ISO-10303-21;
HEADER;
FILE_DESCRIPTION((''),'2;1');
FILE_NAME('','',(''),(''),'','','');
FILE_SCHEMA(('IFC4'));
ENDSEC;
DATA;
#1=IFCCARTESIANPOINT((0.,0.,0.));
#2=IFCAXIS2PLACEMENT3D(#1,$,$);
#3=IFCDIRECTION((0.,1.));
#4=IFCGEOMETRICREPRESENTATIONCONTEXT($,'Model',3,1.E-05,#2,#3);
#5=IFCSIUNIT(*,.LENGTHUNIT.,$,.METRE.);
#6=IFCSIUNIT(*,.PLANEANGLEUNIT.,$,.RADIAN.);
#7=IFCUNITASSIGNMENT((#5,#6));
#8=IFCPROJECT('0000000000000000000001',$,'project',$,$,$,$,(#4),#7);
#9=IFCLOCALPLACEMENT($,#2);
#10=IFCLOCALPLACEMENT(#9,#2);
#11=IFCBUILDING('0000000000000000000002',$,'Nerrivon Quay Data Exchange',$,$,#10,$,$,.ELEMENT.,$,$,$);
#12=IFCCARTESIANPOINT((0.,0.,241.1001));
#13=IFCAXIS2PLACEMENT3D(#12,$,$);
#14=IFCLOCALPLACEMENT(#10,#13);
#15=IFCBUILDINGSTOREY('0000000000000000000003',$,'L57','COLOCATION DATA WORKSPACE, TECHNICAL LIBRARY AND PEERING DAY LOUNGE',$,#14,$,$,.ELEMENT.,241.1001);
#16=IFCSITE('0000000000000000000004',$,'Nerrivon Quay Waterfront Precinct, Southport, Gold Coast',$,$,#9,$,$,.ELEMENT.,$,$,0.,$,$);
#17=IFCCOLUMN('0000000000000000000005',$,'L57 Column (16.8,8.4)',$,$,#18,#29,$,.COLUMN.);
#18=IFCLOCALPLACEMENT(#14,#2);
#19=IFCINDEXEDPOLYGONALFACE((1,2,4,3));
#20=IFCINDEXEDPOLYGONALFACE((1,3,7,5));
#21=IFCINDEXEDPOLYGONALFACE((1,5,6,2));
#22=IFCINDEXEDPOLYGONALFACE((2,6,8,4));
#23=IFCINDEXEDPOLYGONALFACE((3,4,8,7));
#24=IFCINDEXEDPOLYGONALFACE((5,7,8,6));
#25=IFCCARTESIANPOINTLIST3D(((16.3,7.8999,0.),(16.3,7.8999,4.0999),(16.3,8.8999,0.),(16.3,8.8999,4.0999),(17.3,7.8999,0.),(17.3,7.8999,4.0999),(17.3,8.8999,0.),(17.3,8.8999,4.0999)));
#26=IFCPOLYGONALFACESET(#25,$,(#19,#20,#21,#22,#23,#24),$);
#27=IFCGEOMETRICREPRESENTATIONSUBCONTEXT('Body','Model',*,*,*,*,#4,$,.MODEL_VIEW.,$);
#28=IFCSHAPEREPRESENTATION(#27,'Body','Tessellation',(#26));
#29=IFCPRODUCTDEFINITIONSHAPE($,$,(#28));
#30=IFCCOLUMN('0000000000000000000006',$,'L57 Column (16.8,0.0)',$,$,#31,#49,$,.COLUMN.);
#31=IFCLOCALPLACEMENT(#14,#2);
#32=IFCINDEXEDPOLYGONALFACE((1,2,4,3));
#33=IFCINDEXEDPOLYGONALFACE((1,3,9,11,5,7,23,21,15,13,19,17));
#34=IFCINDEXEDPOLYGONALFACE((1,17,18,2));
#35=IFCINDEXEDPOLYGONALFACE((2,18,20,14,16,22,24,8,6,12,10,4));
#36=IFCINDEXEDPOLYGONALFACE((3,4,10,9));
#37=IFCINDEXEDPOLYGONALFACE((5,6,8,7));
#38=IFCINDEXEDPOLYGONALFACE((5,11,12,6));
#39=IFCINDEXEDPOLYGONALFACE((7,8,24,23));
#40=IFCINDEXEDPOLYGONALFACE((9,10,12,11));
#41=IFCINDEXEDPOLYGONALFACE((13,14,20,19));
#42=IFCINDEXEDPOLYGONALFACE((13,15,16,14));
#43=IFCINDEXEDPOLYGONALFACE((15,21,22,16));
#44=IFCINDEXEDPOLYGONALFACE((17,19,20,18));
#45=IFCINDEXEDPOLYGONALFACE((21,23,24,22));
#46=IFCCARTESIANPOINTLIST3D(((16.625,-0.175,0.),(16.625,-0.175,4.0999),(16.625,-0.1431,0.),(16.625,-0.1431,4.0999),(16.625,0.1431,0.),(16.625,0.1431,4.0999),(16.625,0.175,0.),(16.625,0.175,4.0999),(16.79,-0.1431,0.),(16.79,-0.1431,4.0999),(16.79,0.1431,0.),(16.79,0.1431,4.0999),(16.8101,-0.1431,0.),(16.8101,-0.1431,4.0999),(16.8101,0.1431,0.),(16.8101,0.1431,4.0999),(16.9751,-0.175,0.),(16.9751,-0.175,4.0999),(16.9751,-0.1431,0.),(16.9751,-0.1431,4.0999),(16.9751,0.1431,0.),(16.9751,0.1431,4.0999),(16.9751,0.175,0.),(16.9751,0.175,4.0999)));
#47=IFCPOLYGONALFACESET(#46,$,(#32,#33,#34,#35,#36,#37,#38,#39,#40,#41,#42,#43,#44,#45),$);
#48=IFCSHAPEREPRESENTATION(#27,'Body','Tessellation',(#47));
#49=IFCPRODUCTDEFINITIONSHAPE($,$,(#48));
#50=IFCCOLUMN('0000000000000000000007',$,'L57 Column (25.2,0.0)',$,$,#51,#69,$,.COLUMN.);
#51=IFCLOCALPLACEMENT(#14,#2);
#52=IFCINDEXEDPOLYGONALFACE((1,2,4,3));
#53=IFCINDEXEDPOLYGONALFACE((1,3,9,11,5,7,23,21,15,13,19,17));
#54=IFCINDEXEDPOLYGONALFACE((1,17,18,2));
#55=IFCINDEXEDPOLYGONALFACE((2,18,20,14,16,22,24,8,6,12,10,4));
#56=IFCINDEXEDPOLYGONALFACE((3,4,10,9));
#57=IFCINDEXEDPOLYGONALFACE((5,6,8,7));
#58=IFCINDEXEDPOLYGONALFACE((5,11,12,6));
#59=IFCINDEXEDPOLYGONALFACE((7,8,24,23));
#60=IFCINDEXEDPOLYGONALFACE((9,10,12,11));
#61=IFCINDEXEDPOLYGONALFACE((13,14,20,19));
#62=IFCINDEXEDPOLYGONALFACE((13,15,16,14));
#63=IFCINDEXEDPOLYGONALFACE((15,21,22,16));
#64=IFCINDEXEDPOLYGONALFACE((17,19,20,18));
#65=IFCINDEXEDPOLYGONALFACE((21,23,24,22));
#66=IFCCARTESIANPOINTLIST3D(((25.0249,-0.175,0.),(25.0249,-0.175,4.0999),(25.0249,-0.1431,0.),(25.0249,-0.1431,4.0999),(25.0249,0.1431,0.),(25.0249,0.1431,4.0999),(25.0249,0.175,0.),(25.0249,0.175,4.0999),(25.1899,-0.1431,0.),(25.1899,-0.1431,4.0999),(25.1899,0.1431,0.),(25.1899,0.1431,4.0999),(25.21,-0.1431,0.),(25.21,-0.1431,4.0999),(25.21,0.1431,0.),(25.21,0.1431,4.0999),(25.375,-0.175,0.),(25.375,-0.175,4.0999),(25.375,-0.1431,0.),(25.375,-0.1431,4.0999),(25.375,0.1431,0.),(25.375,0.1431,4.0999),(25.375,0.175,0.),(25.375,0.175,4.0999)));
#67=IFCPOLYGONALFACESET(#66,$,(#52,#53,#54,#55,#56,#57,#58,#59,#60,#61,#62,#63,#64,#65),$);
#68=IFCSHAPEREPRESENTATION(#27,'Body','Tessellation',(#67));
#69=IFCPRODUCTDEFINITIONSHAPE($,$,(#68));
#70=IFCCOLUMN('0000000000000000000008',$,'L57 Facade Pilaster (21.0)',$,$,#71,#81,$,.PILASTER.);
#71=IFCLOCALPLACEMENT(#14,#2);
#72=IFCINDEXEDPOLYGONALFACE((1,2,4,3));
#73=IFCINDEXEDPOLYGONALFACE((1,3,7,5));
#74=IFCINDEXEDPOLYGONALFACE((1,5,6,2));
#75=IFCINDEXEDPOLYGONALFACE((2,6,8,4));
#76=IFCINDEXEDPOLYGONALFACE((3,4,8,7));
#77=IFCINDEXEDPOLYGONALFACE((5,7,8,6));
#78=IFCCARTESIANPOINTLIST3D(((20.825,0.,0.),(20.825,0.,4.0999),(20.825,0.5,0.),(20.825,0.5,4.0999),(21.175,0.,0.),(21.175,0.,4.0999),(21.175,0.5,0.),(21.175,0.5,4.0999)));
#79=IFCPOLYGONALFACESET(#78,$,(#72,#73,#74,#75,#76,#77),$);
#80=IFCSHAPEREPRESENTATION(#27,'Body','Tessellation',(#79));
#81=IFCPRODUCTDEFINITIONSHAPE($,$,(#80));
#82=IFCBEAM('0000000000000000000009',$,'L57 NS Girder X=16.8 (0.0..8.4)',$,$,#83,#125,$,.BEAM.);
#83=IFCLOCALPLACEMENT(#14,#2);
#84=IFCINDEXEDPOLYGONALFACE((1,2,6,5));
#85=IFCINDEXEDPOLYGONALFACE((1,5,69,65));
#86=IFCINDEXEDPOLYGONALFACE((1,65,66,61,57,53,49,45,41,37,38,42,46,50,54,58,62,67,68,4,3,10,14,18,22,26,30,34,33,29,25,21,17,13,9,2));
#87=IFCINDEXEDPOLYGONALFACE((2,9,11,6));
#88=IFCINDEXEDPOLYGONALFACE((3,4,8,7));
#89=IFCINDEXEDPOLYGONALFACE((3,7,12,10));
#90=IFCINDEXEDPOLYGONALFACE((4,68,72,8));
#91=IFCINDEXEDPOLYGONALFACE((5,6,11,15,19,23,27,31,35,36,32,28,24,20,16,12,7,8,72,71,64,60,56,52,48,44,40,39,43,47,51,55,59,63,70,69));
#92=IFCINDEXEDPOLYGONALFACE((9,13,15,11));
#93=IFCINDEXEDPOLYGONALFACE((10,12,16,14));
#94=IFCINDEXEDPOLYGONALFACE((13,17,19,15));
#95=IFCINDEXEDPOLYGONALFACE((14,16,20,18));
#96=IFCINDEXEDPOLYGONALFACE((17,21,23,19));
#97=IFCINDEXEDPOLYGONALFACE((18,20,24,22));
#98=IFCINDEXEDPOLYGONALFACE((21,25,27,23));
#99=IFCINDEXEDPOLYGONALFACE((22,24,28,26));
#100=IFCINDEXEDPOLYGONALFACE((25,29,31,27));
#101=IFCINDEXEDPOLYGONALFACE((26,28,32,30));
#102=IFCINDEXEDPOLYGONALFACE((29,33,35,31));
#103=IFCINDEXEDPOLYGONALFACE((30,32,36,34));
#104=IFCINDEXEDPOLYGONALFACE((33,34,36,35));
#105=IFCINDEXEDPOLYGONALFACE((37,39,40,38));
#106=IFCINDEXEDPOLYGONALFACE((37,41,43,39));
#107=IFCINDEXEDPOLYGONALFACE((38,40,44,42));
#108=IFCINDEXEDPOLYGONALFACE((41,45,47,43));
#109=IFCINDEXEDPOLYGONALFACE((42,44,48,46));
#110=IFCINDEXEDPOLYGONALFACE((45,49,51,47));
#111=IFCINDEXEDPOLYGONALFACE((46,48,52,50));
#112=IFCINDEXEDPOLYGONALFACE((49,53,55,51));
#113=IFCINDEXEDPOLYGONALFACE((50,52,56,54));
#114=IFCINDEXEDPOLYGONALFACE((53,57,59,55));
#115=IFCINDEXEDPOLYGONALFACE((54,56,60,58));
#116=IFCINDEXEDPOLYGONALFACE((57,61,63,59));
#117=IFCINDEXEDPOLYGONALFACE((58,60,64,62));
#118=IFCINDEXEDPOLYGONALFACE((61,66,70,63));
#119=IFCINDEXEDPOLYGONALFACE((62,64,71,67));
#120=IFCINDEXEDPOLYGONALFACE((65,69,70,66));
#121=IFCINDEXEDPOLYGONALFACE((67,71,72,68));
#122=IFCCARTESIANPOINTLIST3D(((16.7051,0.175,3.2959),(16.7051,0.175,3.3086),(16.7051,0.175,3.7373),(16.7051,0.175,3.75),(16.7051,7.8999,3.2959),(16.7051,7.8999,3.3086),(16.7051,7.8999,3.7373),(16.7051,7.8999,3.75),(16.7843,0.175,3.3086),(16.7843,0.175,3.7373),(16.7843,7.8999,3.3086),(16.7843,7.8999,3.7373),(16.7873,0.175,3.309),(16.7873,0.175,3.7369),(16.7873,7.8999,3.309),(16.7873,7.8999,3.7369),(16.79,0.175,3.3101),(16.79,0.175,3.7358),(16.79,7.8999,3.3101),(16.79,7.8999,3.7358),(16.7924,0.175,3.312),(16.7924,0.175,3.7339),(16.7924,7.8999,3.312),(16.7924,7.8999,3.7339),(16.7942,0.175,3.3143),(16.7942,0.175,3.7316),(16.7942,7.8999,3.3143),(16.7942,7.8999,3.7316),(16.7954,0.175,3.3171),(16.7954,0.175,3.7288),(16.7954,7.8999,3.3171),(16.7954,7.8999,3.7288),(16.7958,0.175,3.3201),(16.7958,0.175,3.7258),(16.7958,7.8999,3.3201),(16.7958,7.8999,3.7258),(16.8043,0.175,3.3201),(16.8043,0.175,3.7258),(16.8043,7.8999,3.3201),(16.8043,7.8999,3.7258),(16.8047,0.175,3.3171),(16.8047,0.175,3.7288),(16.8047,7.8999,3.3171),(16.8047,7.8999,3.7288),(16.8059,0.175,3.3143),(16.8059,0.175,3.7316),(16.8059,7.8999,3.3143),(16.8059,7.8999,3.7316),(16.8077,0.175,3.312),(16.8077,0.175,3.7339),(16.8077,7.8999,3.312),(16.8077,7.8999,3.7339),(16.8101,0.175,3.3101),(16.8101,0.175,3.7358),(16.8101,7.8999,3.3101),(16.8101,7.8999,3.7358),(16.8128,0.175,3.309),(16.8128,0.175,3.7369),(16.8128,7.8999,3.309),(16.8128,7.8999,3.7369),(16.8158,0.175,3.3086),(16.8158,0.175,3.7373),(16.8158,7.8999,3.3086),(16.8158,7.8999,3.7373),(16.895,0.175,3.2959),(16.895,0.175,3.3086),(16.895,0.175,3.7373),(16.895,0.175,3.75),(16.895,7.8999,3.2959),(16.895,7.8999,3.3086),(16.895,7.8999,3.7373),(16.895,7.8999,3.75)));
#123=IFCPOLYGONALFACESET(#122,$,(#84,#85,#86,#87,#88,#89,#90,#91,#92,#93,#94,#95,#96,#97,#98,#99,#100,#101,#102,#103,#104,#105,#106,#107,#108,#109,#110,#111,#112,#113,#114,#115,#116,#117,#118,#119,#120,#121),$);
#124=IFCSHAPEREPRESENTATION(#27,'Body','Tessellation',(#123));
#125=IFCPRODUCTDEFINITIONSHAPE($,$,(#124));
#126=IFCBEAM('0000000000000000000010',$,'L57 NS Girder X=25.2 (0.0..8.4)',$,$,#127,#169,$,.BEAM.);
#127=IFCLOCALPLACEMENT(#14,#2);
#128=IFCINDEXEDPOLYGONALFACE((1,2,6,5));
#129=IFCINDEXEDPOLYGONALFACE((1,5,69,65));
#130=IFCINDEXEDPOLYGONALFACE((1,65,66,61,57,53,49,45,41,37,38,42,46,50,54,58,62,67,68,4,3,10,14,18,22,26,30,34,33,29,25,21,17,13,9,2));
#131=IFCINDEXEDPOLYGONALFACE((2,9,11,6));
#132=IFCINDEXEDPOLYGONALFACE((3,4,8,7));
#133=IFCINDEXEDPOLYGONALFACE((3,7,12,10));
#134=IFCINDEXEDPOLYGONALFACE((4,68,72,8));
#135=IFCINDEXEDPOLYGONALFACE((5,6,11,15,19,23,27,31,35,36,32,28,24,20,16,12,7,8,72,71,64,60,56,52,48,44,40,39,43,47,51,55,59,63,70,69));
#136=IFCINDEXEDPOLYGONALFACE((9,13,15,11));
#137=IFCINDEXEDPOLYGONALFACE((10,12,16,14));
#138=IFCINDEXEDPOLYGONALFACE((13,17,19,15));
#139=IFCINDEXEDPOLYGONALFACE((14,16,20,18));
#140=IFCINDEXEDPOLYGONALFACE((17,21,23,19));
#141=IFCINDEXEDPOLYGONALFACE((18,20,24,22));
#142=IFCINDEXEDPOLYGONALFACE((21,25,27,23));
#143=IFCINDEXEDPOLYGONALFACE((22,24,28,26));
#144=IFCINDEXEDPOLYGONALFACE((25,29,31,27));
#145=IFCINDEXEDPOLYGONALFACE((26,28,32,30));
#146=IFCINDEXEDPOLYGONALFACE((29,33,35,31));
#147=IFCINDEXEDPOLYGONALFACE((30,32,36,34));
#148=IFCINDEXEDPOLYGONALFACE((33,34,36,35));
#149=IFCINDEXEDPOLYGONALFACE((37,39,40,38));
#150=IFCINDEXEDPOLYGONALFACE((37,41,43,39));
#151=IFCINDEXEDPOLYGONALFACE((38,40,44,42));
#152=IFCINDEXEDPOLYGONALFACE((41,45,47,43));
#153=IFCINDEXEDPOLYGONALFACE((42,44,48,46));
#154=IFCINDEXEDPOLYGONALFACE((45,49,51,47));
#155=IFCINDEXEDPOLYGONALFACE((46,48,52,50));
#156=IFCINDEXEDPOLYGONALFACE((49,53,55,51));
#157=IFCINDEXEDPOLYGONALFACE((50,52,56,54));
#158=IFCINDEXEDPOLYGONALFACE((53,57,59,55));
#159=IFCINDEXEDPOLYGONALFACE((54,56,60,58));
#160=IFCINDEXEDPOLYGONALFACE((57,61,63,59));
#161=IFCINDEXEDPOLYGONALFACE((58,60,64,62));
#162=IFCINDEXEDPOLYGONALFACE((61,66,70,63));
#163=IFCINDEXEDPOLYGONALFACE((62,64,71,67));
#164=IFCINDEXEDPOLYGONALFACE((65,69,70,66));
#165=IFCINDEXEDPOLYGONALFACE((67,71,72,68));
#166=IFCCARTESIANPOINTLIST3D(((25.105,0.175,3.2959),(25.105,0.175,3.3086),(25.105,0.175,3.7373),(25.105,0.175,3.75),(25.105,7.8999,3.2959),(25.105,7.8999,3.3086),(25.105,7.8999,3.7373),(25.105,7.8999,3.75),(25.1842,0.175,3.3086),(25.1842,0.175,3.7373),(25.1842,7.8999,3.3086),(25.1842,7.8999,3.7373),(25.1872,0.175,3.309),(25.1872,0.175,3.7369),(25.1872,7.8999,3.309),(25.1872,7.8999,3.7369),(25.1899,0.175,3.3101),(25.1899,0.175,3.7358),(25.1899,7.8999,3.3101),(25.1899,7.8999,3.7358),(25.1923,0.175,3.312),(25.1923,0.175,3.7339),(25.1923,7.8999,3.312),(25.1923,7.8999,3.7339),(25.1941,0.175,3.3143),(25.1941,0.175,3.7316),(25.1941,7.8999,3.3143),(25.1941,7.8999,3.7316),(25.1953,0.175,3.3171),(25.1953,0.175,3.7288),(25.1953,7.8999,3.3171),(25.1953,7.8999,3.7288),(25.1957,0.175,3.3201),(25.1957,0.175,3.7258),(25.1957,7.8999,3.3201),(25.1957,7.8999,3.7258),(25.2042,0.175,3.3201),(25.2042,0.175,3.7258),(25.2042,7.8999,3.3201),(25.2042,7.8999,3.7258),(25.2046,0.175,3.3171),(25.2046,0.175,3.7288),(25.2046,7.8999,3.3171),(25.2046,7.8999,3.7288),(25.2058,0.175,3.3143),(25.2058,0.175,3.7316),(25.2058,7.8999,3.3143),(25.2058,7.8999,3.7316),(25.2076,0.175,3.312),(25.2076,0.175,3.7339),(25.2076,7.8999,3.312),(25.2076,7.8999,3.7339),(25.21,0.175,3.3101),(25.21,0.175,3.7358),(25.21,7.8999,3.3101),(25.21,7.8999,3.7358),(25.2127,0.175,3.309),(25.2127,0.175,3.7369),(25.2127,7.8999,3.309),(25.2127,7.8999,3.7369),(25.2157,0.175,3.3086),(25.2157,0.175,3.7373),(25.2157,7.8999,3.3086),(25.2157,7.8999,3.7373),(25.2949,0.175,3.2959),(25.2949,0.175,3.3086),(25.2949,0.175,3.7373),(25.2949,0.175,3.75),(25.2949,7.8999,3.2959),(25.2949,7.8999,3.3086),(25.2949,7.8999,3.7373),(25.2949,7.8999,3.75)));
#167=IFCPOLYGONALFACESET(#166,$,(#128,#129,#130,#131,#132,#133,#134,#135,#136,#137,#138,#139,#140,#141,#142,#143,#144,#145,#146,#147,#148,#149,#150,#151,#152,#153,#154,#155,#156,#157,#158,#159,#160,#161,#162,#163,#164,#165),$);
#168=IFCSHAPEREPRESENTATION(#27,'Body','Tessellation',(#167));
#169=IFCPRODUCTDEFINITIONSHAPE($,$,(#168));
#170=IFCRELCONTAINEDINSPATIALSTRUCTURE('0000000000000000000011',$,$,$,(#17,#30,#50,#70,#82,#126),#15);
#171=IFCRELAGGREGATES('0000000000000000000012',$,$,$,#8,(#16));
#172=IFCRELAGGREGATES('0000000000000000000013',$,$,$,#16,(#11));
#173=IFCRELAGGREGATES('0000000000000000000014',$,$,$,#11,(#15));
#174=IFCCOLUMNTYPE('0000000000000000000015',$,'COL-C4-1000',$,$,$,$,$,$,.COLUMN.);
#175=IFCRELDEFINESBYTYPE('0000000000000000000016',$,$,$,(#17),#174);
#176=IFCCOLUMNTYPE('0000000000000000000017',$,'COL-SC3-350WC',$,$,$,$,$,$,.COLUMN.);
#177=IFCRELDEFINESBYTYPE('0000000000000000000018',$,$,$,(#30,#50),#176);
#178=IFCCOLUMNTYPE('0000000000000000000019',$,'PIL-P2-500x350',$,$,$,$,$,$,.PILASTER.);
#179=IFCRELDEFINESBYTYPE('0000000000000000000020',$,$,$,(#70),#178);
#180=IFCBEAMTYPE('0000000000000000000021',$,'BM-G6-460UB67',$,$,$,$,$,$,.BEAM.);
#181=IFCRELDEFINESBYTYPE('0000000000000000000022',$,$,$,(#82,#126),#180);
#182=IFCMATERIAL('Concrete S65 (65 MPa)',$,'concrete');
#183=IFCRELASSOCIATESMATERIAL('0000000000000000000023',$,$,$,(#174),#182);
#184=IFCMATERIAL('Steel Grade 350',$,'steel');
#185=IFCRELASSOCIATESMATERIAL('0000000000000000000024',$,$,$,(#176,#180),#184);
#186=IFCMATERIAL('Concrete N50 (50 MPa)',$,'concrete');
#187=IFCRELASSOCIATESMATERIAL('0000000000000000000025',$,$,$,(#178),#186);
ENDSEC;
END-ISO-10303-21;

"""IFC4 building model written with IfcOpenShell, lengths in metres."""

from ifc_helpers import new_model, si_unit, direction, frame, origin, origin_2d, place, context, subcontext, project, spatial, rectangle, i_section, extrude, material, material_profile, profile_set, type_object, element, save


model = new_model("IFC4")

# Units and contexts
model_context = context("Model", 3, precision=1e-05, world=origin(), true_north=direction((0.0, 1.0)))
body_context = subcontext(model_context, "Body", "Model", "MODEL_VIEW")
ifc_project = project(units=[si_unit("LENGTHUNIT", "METRE"), si_unit("PLANEANGLEUNIT", "RADIAN")], contexts=[model_context])

# Site, building, storey
site_placement = place(None, origin())
site = spatial("IfcSite", under=ifc_project, at=site_placement, Name="Nerrivon Quay Waterfront Precinct, Southport, Gold Coast", CompositionType="ELEMENT", RefElevation=0.0)
building_placement = place(site_placement, origin())
building = spatial("IfcBuilding", under=site, at=building_placement, Name="Nerrivon Quay Data Exchange", CompositionType="ELEMENT")
storey_placement = place(building_placement, frame((0.0, 0.0, 241.1001)))
storey = spatial("IfcBuildingStorey", under=building, at=storey_placement, Name="L57", Description="COLOCATION DATA WORKSPACE, TECHNICAL LIBRARY AND PEERING DAY LOUNGE", CompositionType="ELEMENT", Elevation=241.1001)

# Columns
ifc_material_1 = material(Name="Concrete S65 (65 MPa)", Category="concrete")
ifc_material_profile_1 = material_profile(ifc_material_1, rectangle(XDim=1.0, YDim=1.0, at=origin_2d()), Name="RC-COL-1000x1000")
ifc_profile_set_1 = profile_set([ifc_material_profile_1], Name="Concrete S65 (65 MPa)")
column_type_1 = type_object("IfcColumnType", Name="COL-C4-1000", PredefinedType="COLUMN", material=ifc_profile_set_1)
column_1_placement = place(storey_placement, frame((16.8, 8.3999, 0.0), z_axis=(0.0, 0.0, 1.0), x_axis=(1.0, 0.0, 0.0)))
element("IfcColumn", 1, at=column_1_placement, inside=storey, type_object=column_type_1, Name="L57 Column (16.8,8.4)", PredefinedType="COLUMN", context=body_context, shape_type="SweptSolid", body=[
    extrude(rectangle(XDim=1.0, YDim=1.0, at=origin_2d()), origin(), (0.0, 0.0, 1.0), 4.0999),
])
ifc_material_2 = material(Name="Steel Grade 350", Category="steel")
ifc_material_profile_2 = material_profile(ifc_material_2, i_section(OverallWidth=0.3501, OverallDepth=0.3501, WebThickness=0.02, FlangeThickness=0.032, at=origin_2d()), Name="350WC230")
ifc_profile_set_2 = profile_set([ifc_material_profile_2], Name="Steel Grade 350")
column_type_2 = type_object("IfcColumnType", Name="COL-SC3-350WC", PredefinedType="COLUMN", material=ifc_profile_set_2)
for number, where, z_axis, x_axis, name in (
    (2, (16.8, 0.0, 0.0), (0.0, 0.0, 1.0), (1.0, 0.0, 0.0), "L57 Column (16.8,0.0)"),
    (3, (25.2, 0.0, 0.0), (0.0, 0.0, 1.0), (1.0, 0.0, 0.0), "L57 Column (25.2,0.0)"),
):
    element("IfcColumn", number, at=place(storey_placement, frame(where, z_axis=z_axis, x_axis=x_axis)), inside=storey, type_object=column_type_2, Name=name, PredefinedType="COLUMN", context=body_context, shape_type="SweptSolid", body=[
        extrude(i_section(OverallWidth=0.3501, OverallDepth=0.3501, WebThickness=0.02, FlangeThickness=0.032, at=origin_2d()), origin(), (0.0, 0.0, 1.0), 4.0999),
    ])
ifc_material_3 = material(Name="Concrete N50 (50 MPa)", Category="concrete")
ifc_material_profile_3 = material_profile(ifc_material_3, rectangle(XDim=0.3501, YDim=0.5, at=origin_2d()), Name="RC-PIL-500x350")
ifc_profile_set_3 = profile_set([ifc_material_profile_3], Name="Concrete N50 (50 MPa)")
column_type_3 = type_object("IfcColumnType", Name="PIL-P2-500x350", PredefinedType="PILASTER", material=ifc_profile_set_3)
column_2_placement = place(storey_placement, frame((21.0, 0.25, 0.0), z_axis=(0.0, 0.0, 1.0), x_axis=(1.0, 0.0, 0.0)))
element("IfcColumn", 4, at=column_2_placement, inside=storey, type_object=column_type_3, Name="L57 Facade Pilaster (21.0)", PredefinedType="PILASTER", context=body_context, shape_type="SweptSolid", body=[
    extrude(rectangle(XDim=0.3501, YDim=0.5, at=origin_2d()), origin(), (0.0, 0.0, 1.0), 4.0999),
])

# Beams
ifc_material_profile_4 = material_profile(ifc_material_2, i_section(OverallWidth=0.1899, OverallDepth=0.4541, WebThickness=0.0085, FlangeThickness=0.0127, FilletRadius=0.0115, at=origin_2d()), Name="460UB67.1")
ifc_profile_set_4 = profile_set([ifc_material_profile_4], Name="Steel Grade 350")
beam_type_1 = type_object("IfcBeamType", Name="BM-G6-460UB67", PredefinedType="BEAM", material=ifc_profile_set_4)
for number, where, z_axis, x_axis, name in (
    (5, (16.8, 0.175, 3.5229), (0.0, 1.0, 0.0), (-1.0, 0.0, 0.0), "L57 NS Girder X=16.8 (0.0..8.4)"),
    (6, (25.2, 0.175, 3.5229), (0.0, 1.0, 0.0), (-1.0, 0.0, 0.0), "L57 NS Girder X=25.2 (0.0..8.4)"),
):
    element("IfcBeam", number, at=place(storey_placement, frame(where, z_axis=z_axis, x_axis=x_axis)), inside=storey, type_object=beam_type_1, Name=name, PredefinedType="BEAM", context=body_context, shape_type="SweptSolid", body=[
        extrude(i_section(OverallWidth=0.1899, OverallDepth=0.4541, WebThickness=0.0085, FlangeThickness=0.0127, FilletRadius=0.0115, at=origin_2d()), origin(), (0.0, 0.0, 1.0), 7.7249),
    ])

save(model, "model.ifc")
